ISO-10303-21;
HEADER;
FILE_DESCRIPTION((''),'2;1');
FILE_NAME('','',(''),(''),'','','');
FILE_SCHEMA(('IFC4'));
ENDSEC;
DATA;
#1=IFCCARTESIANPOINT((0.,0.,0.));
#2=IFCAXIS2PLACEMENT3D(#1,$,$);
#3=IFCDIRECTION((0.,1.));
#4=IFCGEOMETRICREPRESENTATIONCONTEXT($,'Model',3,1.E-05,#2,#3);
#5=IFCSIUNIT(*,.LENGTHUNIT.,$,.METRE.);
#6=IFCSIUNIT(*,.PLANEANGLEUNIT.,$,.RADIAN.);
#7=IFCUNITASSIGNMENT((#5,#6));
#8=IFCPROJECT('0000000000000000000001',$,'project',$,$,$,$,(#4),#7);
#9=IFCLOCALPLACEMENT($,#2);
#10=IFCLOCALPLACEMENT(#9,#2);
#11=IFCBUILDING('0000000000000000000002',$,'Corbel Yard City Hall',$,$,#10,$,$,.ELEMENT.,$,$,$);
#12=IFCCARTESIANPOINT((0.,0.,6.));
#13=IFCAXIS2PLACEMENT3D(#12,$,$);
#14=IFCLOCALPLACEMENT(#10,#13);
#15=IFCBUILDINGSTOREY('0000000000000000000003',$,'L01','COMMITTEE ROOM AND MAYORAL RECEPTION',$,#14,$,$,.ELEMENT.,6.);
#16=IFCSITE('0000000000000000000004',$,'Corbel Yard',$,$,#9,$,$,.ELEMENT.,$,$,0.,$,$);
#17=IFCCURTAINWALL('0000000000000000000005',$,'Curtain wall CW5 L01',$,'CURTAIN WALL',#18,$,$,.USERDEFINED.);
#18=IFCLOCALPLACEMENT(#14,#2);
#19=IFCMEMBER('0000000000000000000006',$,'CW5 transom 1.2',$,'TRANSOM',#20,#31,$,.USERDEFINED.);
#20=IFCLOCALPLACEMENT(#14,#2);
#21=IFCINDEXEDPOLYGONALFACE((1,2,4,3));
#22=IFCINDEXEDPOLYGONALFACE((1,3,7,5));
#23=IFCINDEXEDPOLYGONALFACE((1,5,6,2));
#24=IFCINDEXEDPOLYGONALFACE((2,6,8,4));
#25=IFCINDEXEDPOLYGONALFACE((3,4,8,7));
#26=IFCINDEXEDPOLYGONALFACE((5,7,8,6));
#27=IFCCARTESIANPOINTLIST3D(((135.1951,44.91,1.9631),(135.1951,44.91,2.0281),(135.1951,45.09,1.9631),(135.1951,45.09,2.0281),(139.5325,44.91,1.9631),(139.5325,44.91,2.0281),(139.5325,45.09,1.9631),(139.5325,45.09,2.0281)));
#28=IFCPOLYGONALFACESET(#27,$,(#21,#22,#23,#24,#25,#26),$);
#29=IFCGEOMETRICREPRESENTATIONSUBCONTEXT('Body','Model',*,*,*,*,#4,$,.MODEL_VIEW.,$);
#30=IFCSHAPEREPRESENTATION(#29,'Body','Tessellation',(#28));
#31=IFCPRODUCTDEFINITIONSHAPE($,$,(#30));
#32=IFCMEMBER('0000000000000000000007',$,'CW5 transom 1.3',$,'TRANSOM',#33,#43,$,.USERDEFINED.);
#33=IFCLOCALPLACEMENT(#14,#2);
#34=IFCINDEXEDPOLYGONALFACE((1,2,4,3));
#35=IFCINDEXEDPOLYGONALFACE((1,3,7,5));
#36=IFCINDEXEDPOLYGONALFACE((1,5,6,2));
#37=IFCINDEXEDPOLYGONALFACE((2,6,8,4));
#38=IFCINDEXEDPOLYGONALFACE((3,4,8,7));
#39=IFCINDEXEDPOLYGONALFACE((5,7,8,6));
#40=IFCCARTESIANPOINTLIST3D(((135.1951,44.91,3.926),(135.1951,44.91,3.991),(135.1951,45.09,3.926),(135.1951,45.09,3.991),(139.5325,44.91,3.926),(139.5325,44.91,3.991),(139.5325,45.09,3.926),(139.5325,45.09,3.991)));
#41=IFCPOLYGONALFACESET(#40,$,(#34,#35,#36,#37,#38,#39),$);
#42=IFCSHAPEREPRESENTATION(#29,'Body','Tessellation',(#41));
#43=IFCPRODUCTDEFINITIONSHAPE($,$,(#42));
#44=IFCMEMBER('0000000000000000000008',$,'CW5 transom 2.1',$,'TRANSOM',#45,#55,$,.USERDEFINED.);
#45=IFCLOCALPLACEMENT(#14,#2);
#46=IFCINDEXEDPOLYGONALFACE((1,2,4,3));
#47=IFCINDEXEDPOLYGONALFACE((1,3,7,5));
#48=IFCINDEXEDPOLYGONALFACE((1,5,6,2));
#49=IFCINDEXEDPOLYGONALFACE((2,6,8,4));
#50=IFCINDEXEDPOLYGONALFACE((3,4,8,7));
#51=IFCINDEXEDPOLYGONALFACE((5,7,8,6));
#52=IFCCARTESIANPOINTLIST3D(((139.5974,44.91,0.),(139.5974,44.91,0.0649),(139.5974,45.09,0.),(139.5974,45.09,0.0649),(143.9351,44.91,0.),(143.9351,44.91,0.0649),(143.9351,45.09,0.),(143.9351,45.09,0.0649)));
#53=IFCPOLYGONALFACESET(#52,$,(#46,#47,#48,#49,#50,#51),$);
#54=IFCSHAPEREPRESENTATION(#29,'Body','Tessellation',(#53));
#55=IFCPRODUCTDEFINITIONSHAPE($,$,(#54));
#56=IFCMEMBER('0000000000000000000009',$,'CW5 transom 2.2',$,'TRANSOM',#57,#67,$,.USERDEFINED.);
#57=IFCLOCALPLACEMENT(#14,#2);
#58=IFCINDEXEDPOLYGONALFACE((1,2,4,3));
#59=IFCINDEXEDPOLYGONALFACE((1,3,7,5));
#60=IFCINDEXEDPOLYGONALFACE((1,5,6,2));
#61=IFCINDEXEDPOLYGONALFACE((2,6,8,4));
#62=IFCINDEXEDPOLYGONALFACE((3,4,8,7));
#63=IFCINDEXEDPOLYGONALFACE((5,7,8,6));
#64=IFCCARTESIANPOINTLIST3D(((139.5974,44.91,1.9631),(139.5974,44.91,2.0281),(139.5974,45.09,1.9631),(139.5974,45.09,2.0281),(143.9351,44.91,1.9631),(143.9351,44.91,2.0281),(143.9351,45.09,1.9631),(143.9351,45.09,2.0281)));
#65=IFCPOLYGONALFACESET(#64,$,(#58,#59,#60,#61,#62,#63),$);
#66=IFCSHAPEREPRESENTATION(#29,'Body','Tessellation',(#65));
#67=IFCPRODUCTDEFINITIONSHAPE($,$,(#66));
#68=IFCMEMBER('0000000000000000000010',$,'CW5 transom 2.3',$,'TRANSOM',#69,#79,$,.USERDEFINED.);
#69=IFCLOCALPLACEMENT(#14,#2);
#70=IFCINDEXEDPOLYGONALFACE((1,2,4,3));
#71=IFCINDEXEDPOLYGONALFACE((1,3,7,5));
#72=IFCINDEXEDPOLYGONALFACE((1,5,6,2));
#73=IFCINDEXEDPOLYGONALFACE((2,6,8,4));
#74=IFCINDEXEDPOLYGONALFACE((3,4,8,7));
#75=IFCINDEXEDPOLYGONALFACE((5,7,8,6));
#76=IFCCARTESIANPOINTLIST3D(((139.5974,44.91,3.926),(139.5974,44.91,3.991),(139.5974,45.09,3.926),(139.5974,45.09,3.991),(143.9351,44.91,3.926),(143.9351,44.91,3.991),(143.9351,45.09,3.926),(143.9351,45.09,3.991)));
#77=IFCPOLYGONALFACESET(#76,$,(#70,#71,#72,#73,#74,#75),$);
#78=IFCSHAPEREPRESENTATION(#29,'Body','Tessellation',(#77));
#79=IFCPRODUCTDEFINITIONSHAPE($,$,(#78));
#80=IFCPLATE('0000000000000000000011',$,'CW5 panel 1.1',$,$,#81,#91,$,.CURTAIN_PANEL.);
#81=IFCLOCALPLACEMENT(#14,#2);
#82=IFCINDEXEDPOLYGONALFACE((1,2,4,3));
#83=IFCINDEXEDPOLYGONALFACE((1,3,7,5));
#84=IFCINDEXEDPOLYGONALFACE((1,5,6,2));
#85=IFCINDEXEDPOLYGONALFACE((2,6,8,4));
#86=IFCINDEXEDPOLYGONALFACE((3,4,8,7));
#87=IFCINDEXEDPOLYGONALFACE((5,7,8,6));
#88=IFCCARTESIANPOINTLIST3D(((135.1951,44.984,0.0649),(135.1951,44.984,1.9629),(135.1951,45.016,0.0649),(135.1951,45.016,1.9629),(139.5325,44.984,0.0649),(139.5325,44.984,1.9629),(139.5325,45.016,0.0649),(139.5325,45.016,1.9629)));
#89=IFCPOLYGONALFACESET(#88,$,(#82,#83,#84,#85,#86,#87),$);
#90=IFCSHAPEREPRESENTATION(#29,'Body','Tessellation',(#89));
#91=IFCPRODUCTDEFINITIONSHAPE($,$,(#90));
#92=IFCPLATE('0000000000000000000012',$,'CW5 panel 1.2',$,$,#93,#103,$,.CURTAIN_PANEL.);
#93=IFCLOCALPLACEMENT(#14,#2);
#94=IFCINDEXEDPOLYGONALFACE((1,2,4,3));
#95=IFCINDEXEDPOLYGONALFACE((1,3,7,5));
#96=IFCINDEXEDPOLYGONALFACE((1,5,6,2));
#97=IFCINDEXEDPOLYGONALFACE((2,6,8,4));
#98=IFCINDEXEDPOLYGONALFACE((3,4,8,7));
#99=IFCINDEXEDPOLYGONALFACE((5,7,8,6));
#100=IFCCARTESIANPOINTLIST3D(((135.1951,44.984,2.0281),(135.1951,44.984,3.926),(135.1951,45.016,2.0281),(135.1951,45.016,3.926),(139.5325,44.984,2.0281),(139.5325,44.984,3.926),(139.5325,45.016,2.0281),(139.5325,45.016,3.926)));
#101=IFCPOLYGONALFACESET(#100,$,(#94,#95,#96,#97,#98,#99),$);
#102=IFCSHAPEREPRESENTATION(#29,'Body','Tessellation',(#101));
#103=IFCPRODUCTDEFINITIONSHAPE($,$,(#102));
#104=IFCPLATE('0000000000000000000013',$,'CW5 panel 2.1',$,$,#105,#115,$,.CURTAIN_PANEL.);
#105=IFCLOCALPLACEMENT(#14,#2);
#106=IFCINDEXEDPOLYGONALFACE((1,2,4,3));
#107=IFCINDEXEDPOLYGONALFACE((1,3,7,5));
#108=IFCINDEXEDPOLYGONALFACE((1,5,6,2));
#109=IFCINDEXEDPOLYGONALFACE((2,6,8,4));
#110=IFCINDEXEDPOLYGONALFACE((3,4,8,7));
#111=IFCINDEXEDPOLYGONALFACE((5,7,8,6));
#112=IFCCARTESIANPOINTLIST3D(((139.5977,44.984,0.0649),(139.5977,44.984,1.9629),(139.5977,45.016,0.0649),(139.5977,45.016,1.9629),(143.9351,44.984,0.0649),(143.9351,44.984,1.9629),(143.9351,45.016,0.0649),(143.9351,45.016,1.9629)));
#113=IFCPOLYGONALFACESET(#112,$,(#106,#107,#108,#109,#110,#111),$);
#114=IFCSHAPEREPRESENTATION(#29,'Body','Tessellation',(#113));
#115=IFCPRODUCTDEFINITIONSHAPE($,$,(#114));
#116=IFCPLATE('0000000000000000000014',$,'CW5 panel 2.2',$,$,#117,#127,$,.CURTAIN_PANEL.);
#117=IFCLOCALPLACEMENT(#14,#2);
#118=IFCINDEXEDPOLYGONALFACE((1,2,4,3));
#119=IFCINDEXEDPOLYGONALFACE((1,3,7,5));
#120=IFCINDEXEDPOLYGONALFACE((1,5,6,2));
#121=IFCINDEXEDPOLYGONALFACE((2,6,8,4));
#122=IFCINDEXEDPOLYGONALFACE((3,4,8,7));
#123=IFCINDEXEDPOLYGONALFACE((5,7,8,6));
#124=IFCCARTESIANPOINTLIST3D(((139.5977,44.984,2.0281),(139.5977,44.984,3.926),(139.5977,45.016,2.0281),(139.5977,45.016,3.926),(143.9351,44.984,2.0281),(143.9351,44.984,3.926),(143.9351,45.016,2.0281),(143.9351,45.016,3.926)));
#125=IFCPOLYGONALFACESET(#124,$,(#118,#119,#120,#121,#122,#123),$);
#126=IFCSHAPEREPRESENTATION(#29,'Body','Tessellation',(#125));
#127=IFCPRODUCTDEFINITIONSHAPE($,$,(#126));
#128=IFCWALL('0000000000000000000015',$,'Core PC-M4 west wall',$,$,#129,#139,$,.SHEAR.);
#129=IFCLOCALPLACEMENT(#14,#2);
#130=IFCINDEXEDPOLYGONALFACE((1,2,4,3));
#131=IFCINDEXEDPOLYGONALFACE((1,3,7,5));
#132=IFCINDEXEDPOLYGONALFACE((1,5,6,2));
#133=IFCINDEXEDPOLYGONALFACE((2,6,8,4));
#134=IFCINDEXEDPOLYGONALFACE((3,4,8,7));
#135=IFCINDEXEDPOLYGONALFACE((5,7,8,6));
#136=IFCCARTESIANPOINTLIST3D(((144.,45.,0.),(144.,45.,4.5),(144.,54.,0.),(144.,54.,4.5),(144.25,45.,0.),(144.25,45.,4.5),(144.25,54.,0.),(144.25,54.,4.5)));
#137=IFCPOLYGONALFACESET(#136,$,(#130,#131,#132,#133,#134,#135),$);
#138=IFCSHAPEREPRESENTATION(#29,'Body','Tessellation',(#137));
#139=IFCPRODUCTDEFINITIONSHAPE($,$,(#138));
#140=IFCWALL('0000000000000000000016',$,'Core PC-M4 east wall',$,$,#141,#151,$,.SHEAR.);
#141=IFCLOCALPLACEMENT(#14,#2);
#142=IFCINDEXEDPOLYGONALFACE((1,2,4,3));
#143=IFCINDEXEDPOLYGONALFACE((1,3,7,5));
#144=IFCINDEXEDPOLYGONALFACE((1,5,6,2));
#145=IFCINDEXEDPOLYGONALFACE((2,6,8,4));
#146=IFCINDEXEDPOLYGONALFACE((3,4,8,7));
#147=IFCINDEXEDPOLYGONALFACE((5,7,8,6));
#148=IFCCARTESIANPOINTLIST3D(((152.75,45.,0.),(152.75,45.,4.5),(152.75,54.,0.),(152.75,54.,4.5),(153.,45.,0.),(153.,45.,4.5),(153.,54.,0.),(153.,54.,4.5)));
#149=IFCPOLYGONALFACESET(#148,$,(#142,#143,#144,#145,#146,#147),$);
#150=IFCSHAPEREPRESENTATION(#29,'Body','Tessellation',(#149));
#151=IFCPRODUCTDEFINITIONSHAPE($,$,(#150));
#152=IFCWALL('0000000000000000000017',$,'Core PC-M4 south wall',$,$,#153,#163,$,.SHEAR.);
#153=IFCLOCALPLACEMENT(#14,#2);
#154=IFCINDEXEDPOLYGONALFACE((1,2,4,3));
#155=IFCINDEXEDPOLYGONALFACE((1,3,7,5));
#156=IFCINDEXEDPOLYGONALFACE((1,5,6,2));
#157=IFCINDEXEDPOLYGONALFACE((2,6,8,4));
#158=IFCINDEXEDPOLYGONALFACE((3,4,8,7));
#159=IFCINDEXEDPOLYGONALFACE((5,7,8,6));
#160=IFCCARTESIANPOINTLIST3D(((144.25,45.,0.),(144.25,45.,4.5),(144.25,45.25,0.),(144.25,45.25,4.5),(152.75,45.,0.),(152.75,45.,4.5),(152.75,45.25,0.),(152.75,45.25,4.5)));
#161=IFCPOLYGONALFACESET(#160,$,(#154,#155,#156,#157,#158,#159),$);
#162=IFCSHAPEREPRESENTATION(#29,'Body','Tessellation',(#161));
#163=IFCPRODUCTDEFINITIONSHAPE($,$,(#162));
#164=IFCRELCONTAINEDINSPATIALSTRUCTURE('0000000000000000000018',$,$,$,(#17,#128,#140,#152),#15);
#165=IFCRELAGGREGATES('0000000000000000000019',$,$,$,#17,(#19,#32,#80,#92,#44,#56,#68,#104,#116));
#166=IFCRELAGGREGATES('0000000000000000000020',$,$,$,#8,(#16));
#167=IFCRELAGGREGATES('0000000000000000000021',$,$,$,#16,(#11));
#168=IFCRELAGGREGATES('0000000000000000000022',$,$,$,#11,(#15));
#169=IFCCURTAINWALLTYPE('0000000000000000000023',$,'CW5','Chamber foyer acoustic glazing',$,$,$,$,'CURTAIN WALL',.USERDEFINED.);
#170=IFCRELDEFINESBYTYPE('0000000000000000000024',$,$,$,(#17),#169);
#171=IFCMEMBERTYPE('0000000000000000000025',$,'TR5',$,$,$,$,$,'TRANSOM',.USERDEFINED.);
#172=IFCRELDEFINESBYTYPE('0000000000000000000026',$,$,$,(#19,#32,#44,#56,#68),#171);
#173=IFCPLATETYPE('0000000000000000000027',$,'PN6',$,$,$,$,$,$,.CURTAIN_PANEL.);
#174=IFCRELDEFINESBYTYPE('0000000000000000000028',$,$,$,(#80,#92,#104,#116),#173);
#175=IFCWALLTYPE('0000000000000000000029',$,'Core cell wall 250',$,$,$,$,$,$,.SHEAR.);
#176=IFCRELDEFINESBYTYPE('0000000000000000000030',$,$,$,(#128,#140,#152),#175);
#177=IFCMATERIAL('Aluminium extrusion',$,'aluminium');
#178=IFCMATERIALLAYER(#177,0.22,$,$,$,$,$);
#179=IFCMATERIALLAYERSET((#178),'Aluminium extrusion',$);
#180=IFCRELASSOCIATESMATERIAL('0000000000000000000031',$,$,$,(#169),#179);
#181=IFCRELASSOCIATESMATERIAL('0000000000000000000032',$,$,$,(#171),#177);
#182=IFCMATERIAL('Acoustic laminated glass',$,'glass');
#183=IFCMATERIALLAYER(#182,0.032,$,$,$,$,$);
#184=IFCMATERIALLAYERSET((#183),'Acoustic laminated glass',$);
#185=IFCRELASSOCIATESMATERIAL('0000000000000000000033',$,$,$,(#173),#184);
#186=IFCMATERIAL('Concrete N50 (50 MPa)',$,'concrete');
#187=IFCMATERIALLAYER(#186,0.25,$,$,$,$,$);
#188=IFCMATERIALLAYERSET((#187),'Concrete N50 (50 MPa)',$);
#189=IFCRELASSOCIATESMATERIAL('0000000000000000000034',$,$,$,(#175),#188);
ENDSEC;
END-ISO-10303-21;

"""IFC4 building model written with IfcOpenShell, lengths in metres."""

from ifc_helpers import new_model, si_unit, direction, frame, frame_2d, origin, origin_2d, place, context, subcontext, project, spatial, rectangle, extrude, material, layer, layer_set, material_profile, profile_set, type_object, element, aggregate, save


model = new_model("IFC4")

# Units and contexts
model_context = context("Model", 3, precision=1e-05, world=origin(), true_north=direction((0.0, 1.0)))
body_context = subcontext(model_context, "Body", "Model", "MODEL_VIEW")
ifc_project = project(units=[si_unit("LENGTHUNIT", "METRE"), si_unit("PLANEANGLEUNIT", "RADIAN")], contexts=[model_context])

# Site, building, storey
site_placement = place(None, origin())
site = spatial("IfcSite", under=ifc_project, at=site_placement, Name="Corbel Yard", CompositionType="ELEMENT", RefElevation=0.0)
building_placement = place(site_placement, origin())
building = spatial("IfcBuilding", under=site, at=building_placement, Name="Corbel Yard City Hall", CompositionType="ELEMENT")
storey_placement = place(building_placement, frame((0.0, 0.0, 6.0)))
storey = spatial("IfcBuildingStorey", under=building, at=storey_placement, Name="L01", Description="COMMITTEE ROOM AND MAYORAL RECEPTION", CompositionType="ELEMENT", Elevation=6.0)

# Curtain wall
ifc_material_1 = material(Name="Aluminium extrusion", Category="aluminium")
ifc_layer_1 = layer(ifc_material_1, 0.22)
ifc_layer_set_1 = layer_set([ifc_layer_1], Name="Aluminium extrusion")
curtain_wall_type_1 = type_object("IfcCurtainWallType", Name="CW5", Description="Chamber foyer acoustic glazing", ElementType="CURTAIN WALL", PredefinedType="USERDEFINED", material=ifc_layer_set_1)
curtain_wall_1_placement = place(storey_placement, origin())
curtain_wall_1 = element("IfcCurtainWall", 1, at=curtain_wall_1_placement, inside=storey, type_object=curtain_wall_type_1, Name="Curtain wall CW5 L01", ObjectType="CURTAIN WALL", PredefinedType="USERDEFINED")

# Members
ifc_material_profile_1 = material_profile(ifc_material_1, rectangle(XDim=0.1799, YDim=0.0649, at=origin_2d()), Name="180x65")
ifc_profile_set_1 = profile_set([ifc_material_profile_1], Name="Aluminium extrusion")
member_type_1 = type_object("IfcMemberType", Name="TR5", ElementType="TRANSOM", PredefinedType="USERDEFINED", material=ifc_profile_set_1)
member_1_placement = place(storey_placement, frame((135.1951, 45.0, 1.9956), z_axis=(1.0, 0.0, 0.0), x_axis=(0.0, 1.0, 0.0)))
member_1 = element("IfcMember", 2, at=member_1_placement, type_object=member_type_1, Name="CW5 transom 1.2", ObjectType="TRANSOM", PredefinedType="USERDEFINED", context=body_context, shape_type="SweptSolid", body=[
    extrude(rectangle(XDim=0.1799, YDim=0.0649, at=origin_2d()), origin(), (0.0, 0.0, 1.0), 4.3374),
])
member_2_placement = place(storey_placement, frame((135.1951, 45.0, 3.9585), z_axis=(1.0, 0.0, 0.0), x_axis=(0.0, 1.0, 0.0)))
member_2 = element("IfcMember", 3, at=member_2_placement, type_object=member_type_1, Name="CW5 transom 1.3", ObjectType="TRANSOM", PredefinedType="USERDEFINED", context=body_context, shape_type="SweptSolid", body=[
    extrude(rectangle(XDim=0.1799, YDim=0.0649, at=origin_2d()), origin(), (0.0, 0.0, 1.0), 4.3374),
])
member_3_placement = place(storey_placement, frame((139.5974, 45.0, 0.0325), z_axis=(1.0, 0.0, 0.0), x_axis=(0.0, 1.0, 0.0)))
member_3 = element("IfcMember", 4, at=member_3_placement, type_object=member_type_1, Name="CW5 transom 2.1", ObjectType="TRANSOM", PredefinedType="USERDEFINED", context=body_context, shape_type="SweptSolid", body=[
    extrude(rectangle(XDim=0.1799, YDim=0.0649, at=origin_2d()), origin(), (0.0, 0.0, 1.0), 4.3376),
])
member_4_placement = place(storey_placement, frame((139.5974, 45.0, 1.9956), z_axis=(1.0, 0.0, 0.0), x_axis=(0.0, 1.0, 0.0)))
member_4 = element("IfcMember", 5, at=member_4_placement, type_object=member_type_1, Name="CW5 transom 2.2", ObjectType="TRANSOM", PredefinedType="USERDEFINED", context=body_context, shape_type="SweptSolid", body=[
    extrude(rectangle(XDim=0.1799, YDim=0.0649, at=origin_2d()), origin(), (0.0, 0.0, 1.0), 4.3376),
])
member_5_placement = place(storey_placement, frame((139.5974, 45.0, 3.9585), z_axis=(1.0, 0.0, 0.0), x_axis=(0.0, 1.0, 0.0)))
member_5 = element("IfcMember", 6, at=member_5_placement, type_object=member_type_1, Name="CW5 transom 2.3", ObjectType="TRANSOM", PredefinedType="USERDEFINED", context=body_context, shape_type="SweptSolid", body=[
    extrude(rectangle(XDim=0.1799, YDim=0.0649, at=origin_2d()), origin(), (0.0, 0.0, 1.0), 4.3376),
])

# Plates
ifc_material_2 = material(Name="Acoustic laminated glass", Category="glass")
ifc_layer_2 = layer(ifc_material_2, 0.032)
ifc_layer_set_2 = layer_set([ifc_layer_2], Name="Acoustic laminated glass")
plate_type = type_object("IfcPlateType", Name="PN6", PredefinedType="CURTAIN_PANEL", material=ifc_layer_set_2)
plate_1_placement = place(storey_placement, frame((137.3638, 45.0, 0.0649), z_axis=(0.0, 0.0, 1.0), x_axis=(1.0, 0.0, 0.0)))
plate_1 = element("IfcPlate", 7, at=plate_1_placement, type_object=plate_type, Name="CW5 panel 1.1", PredefinedType="CURTAIN_PANEL", context=body_context, shape_type="SweptSolid", body=[
    extrude(rectangle(XDim=4.3374, YDim=0.032, at=origin_2d()), origin(), (0.0, 0.0, 1.0), 1.8979),
])
plate_2_placement = place(storey_placement, frame((137.3638, 45.0, 2.0281), z_axis=(0.0, 0.0, 1.0), x_axis=(1.0, 0.0, 0.0)))
plate_2 = element("IfcPlate", 8, at=plate_2_placement, type_object=plate_type, Name="CW5 panel 1.2", PredefinedType="CURTAIN_PANEL", context=body_context, shape_type="SweptSolid", body=[
    extrude(rectangle(XDim=4.3374, YDim=0.032, at=origin_2d()), origin(), (0.0, 0.0, 1.0), 1.8979),
])
plate_3_placement = place(storey_placement, frame((141.7664, 45.0, 0.0649), z_axis=(0.0, 0.0, 1.0), x_axis=(1.0, 0.0, 0.0)))
plate_3 = element("IfcPlate", 9, at=plate_3_placement, type_object=plate_type, Name="CW5 panel 2.1", PredefinedType="CURTAIN_PANEL", context=body_context, shape_type="SweptSolid", body=[
    extrude(rectangle(XDim=4.3374, YDim=0.032, at=origin_2d()), origin(), (0.0, 0.0, 1.0), 1.8979),
])
plate_4_placement = place(storey_placement, frame((141.7664, 45.0, 2.0281), z_axis=(0.0, 0.0, 1.0), x_axis=(1.0, 0.0, 0.0)))
plate_4 = element("IfcPlate", 10, at=plate_4_placement, type_object=plate_type, Name="CW5 panel 2.2", PredefinedType="CURTAIN_PANEL", context=body_context, shape_type="SweptSolid", body=[
    extrude(rectangle(XDim=4.3374, YDim=0.032, at=origin_2d()), origin(), (0.0, 0.0, 1.0), 1.8979),
])
aggregate(curtain_wall_1, [member_1, member_2, plate_1, plate_2, member_3, member_4, member_5, plate_3, plate_4])

# Walls
ifc_material_3 = material(Name="Concrete N50 (50 MPa)", Category="concrete")
ifc_layer_3 = layer(ifc_material_3, 0.25)
ifc_layer_set_3 = layer_set([ifc_layer_3], Name="Concrete N50 (50 MPa)")
wall_type_1 = type_object("IfcWallType", Name="Core cell wall 250", PredefinedType="SHEAR", material=ifc_layer_set_3)
for number, where, z_axis, x_axis, name in (
    (11, (144.125, 45.0, 0.0), (0.0, 0.0, 1.0), (0.0, 1.0, 0.0), "Core PC-M4 west wall"),
    (12, (152.875, 45.0, 0.0), (0.0, 0.0, 1.0), (0.0, 1.0, 0.0), "Core PC-M4 east wall"),
):
    element("IfcWall", number, at=place(storey_placement, frame(where, z_axis=z_axis, x_axis=x_axis)), inside=storey, type_object=wall_type_1, Name=name, PredefinedType="SHEAR", context=body_context, shape_type="SweptSolid", body=[
        extrude(rectangle(XDim=9.0, YDim=0.25, at=frame_2d((4.5, 0.0))), origin(), (0.0, 0.0, 1.0), 4.5),
    ])
wall_1_placement = place(storey_placement, frame((144.25, 45.125, 0.0), z_axis=(0.0, 0.0, 1.0), x_axis=(1.0, 0.0, 0.0)))
element("IfcWall", 13, at=wall_1_placement, inside=storey, type_object=wall_type_1, Name="Core PC-M4 south wall", PredefinedType="SHEAR", context=body_context, shape_type="SweptSolid", body=[
    extrude(rectangle(XDim=8.5, YDim=0.25, at=frame_2d((4.25, 0.0))), origin(), (0.0, 0.0, 1.0), 4.5),
])

save(model, "model.ifc")
